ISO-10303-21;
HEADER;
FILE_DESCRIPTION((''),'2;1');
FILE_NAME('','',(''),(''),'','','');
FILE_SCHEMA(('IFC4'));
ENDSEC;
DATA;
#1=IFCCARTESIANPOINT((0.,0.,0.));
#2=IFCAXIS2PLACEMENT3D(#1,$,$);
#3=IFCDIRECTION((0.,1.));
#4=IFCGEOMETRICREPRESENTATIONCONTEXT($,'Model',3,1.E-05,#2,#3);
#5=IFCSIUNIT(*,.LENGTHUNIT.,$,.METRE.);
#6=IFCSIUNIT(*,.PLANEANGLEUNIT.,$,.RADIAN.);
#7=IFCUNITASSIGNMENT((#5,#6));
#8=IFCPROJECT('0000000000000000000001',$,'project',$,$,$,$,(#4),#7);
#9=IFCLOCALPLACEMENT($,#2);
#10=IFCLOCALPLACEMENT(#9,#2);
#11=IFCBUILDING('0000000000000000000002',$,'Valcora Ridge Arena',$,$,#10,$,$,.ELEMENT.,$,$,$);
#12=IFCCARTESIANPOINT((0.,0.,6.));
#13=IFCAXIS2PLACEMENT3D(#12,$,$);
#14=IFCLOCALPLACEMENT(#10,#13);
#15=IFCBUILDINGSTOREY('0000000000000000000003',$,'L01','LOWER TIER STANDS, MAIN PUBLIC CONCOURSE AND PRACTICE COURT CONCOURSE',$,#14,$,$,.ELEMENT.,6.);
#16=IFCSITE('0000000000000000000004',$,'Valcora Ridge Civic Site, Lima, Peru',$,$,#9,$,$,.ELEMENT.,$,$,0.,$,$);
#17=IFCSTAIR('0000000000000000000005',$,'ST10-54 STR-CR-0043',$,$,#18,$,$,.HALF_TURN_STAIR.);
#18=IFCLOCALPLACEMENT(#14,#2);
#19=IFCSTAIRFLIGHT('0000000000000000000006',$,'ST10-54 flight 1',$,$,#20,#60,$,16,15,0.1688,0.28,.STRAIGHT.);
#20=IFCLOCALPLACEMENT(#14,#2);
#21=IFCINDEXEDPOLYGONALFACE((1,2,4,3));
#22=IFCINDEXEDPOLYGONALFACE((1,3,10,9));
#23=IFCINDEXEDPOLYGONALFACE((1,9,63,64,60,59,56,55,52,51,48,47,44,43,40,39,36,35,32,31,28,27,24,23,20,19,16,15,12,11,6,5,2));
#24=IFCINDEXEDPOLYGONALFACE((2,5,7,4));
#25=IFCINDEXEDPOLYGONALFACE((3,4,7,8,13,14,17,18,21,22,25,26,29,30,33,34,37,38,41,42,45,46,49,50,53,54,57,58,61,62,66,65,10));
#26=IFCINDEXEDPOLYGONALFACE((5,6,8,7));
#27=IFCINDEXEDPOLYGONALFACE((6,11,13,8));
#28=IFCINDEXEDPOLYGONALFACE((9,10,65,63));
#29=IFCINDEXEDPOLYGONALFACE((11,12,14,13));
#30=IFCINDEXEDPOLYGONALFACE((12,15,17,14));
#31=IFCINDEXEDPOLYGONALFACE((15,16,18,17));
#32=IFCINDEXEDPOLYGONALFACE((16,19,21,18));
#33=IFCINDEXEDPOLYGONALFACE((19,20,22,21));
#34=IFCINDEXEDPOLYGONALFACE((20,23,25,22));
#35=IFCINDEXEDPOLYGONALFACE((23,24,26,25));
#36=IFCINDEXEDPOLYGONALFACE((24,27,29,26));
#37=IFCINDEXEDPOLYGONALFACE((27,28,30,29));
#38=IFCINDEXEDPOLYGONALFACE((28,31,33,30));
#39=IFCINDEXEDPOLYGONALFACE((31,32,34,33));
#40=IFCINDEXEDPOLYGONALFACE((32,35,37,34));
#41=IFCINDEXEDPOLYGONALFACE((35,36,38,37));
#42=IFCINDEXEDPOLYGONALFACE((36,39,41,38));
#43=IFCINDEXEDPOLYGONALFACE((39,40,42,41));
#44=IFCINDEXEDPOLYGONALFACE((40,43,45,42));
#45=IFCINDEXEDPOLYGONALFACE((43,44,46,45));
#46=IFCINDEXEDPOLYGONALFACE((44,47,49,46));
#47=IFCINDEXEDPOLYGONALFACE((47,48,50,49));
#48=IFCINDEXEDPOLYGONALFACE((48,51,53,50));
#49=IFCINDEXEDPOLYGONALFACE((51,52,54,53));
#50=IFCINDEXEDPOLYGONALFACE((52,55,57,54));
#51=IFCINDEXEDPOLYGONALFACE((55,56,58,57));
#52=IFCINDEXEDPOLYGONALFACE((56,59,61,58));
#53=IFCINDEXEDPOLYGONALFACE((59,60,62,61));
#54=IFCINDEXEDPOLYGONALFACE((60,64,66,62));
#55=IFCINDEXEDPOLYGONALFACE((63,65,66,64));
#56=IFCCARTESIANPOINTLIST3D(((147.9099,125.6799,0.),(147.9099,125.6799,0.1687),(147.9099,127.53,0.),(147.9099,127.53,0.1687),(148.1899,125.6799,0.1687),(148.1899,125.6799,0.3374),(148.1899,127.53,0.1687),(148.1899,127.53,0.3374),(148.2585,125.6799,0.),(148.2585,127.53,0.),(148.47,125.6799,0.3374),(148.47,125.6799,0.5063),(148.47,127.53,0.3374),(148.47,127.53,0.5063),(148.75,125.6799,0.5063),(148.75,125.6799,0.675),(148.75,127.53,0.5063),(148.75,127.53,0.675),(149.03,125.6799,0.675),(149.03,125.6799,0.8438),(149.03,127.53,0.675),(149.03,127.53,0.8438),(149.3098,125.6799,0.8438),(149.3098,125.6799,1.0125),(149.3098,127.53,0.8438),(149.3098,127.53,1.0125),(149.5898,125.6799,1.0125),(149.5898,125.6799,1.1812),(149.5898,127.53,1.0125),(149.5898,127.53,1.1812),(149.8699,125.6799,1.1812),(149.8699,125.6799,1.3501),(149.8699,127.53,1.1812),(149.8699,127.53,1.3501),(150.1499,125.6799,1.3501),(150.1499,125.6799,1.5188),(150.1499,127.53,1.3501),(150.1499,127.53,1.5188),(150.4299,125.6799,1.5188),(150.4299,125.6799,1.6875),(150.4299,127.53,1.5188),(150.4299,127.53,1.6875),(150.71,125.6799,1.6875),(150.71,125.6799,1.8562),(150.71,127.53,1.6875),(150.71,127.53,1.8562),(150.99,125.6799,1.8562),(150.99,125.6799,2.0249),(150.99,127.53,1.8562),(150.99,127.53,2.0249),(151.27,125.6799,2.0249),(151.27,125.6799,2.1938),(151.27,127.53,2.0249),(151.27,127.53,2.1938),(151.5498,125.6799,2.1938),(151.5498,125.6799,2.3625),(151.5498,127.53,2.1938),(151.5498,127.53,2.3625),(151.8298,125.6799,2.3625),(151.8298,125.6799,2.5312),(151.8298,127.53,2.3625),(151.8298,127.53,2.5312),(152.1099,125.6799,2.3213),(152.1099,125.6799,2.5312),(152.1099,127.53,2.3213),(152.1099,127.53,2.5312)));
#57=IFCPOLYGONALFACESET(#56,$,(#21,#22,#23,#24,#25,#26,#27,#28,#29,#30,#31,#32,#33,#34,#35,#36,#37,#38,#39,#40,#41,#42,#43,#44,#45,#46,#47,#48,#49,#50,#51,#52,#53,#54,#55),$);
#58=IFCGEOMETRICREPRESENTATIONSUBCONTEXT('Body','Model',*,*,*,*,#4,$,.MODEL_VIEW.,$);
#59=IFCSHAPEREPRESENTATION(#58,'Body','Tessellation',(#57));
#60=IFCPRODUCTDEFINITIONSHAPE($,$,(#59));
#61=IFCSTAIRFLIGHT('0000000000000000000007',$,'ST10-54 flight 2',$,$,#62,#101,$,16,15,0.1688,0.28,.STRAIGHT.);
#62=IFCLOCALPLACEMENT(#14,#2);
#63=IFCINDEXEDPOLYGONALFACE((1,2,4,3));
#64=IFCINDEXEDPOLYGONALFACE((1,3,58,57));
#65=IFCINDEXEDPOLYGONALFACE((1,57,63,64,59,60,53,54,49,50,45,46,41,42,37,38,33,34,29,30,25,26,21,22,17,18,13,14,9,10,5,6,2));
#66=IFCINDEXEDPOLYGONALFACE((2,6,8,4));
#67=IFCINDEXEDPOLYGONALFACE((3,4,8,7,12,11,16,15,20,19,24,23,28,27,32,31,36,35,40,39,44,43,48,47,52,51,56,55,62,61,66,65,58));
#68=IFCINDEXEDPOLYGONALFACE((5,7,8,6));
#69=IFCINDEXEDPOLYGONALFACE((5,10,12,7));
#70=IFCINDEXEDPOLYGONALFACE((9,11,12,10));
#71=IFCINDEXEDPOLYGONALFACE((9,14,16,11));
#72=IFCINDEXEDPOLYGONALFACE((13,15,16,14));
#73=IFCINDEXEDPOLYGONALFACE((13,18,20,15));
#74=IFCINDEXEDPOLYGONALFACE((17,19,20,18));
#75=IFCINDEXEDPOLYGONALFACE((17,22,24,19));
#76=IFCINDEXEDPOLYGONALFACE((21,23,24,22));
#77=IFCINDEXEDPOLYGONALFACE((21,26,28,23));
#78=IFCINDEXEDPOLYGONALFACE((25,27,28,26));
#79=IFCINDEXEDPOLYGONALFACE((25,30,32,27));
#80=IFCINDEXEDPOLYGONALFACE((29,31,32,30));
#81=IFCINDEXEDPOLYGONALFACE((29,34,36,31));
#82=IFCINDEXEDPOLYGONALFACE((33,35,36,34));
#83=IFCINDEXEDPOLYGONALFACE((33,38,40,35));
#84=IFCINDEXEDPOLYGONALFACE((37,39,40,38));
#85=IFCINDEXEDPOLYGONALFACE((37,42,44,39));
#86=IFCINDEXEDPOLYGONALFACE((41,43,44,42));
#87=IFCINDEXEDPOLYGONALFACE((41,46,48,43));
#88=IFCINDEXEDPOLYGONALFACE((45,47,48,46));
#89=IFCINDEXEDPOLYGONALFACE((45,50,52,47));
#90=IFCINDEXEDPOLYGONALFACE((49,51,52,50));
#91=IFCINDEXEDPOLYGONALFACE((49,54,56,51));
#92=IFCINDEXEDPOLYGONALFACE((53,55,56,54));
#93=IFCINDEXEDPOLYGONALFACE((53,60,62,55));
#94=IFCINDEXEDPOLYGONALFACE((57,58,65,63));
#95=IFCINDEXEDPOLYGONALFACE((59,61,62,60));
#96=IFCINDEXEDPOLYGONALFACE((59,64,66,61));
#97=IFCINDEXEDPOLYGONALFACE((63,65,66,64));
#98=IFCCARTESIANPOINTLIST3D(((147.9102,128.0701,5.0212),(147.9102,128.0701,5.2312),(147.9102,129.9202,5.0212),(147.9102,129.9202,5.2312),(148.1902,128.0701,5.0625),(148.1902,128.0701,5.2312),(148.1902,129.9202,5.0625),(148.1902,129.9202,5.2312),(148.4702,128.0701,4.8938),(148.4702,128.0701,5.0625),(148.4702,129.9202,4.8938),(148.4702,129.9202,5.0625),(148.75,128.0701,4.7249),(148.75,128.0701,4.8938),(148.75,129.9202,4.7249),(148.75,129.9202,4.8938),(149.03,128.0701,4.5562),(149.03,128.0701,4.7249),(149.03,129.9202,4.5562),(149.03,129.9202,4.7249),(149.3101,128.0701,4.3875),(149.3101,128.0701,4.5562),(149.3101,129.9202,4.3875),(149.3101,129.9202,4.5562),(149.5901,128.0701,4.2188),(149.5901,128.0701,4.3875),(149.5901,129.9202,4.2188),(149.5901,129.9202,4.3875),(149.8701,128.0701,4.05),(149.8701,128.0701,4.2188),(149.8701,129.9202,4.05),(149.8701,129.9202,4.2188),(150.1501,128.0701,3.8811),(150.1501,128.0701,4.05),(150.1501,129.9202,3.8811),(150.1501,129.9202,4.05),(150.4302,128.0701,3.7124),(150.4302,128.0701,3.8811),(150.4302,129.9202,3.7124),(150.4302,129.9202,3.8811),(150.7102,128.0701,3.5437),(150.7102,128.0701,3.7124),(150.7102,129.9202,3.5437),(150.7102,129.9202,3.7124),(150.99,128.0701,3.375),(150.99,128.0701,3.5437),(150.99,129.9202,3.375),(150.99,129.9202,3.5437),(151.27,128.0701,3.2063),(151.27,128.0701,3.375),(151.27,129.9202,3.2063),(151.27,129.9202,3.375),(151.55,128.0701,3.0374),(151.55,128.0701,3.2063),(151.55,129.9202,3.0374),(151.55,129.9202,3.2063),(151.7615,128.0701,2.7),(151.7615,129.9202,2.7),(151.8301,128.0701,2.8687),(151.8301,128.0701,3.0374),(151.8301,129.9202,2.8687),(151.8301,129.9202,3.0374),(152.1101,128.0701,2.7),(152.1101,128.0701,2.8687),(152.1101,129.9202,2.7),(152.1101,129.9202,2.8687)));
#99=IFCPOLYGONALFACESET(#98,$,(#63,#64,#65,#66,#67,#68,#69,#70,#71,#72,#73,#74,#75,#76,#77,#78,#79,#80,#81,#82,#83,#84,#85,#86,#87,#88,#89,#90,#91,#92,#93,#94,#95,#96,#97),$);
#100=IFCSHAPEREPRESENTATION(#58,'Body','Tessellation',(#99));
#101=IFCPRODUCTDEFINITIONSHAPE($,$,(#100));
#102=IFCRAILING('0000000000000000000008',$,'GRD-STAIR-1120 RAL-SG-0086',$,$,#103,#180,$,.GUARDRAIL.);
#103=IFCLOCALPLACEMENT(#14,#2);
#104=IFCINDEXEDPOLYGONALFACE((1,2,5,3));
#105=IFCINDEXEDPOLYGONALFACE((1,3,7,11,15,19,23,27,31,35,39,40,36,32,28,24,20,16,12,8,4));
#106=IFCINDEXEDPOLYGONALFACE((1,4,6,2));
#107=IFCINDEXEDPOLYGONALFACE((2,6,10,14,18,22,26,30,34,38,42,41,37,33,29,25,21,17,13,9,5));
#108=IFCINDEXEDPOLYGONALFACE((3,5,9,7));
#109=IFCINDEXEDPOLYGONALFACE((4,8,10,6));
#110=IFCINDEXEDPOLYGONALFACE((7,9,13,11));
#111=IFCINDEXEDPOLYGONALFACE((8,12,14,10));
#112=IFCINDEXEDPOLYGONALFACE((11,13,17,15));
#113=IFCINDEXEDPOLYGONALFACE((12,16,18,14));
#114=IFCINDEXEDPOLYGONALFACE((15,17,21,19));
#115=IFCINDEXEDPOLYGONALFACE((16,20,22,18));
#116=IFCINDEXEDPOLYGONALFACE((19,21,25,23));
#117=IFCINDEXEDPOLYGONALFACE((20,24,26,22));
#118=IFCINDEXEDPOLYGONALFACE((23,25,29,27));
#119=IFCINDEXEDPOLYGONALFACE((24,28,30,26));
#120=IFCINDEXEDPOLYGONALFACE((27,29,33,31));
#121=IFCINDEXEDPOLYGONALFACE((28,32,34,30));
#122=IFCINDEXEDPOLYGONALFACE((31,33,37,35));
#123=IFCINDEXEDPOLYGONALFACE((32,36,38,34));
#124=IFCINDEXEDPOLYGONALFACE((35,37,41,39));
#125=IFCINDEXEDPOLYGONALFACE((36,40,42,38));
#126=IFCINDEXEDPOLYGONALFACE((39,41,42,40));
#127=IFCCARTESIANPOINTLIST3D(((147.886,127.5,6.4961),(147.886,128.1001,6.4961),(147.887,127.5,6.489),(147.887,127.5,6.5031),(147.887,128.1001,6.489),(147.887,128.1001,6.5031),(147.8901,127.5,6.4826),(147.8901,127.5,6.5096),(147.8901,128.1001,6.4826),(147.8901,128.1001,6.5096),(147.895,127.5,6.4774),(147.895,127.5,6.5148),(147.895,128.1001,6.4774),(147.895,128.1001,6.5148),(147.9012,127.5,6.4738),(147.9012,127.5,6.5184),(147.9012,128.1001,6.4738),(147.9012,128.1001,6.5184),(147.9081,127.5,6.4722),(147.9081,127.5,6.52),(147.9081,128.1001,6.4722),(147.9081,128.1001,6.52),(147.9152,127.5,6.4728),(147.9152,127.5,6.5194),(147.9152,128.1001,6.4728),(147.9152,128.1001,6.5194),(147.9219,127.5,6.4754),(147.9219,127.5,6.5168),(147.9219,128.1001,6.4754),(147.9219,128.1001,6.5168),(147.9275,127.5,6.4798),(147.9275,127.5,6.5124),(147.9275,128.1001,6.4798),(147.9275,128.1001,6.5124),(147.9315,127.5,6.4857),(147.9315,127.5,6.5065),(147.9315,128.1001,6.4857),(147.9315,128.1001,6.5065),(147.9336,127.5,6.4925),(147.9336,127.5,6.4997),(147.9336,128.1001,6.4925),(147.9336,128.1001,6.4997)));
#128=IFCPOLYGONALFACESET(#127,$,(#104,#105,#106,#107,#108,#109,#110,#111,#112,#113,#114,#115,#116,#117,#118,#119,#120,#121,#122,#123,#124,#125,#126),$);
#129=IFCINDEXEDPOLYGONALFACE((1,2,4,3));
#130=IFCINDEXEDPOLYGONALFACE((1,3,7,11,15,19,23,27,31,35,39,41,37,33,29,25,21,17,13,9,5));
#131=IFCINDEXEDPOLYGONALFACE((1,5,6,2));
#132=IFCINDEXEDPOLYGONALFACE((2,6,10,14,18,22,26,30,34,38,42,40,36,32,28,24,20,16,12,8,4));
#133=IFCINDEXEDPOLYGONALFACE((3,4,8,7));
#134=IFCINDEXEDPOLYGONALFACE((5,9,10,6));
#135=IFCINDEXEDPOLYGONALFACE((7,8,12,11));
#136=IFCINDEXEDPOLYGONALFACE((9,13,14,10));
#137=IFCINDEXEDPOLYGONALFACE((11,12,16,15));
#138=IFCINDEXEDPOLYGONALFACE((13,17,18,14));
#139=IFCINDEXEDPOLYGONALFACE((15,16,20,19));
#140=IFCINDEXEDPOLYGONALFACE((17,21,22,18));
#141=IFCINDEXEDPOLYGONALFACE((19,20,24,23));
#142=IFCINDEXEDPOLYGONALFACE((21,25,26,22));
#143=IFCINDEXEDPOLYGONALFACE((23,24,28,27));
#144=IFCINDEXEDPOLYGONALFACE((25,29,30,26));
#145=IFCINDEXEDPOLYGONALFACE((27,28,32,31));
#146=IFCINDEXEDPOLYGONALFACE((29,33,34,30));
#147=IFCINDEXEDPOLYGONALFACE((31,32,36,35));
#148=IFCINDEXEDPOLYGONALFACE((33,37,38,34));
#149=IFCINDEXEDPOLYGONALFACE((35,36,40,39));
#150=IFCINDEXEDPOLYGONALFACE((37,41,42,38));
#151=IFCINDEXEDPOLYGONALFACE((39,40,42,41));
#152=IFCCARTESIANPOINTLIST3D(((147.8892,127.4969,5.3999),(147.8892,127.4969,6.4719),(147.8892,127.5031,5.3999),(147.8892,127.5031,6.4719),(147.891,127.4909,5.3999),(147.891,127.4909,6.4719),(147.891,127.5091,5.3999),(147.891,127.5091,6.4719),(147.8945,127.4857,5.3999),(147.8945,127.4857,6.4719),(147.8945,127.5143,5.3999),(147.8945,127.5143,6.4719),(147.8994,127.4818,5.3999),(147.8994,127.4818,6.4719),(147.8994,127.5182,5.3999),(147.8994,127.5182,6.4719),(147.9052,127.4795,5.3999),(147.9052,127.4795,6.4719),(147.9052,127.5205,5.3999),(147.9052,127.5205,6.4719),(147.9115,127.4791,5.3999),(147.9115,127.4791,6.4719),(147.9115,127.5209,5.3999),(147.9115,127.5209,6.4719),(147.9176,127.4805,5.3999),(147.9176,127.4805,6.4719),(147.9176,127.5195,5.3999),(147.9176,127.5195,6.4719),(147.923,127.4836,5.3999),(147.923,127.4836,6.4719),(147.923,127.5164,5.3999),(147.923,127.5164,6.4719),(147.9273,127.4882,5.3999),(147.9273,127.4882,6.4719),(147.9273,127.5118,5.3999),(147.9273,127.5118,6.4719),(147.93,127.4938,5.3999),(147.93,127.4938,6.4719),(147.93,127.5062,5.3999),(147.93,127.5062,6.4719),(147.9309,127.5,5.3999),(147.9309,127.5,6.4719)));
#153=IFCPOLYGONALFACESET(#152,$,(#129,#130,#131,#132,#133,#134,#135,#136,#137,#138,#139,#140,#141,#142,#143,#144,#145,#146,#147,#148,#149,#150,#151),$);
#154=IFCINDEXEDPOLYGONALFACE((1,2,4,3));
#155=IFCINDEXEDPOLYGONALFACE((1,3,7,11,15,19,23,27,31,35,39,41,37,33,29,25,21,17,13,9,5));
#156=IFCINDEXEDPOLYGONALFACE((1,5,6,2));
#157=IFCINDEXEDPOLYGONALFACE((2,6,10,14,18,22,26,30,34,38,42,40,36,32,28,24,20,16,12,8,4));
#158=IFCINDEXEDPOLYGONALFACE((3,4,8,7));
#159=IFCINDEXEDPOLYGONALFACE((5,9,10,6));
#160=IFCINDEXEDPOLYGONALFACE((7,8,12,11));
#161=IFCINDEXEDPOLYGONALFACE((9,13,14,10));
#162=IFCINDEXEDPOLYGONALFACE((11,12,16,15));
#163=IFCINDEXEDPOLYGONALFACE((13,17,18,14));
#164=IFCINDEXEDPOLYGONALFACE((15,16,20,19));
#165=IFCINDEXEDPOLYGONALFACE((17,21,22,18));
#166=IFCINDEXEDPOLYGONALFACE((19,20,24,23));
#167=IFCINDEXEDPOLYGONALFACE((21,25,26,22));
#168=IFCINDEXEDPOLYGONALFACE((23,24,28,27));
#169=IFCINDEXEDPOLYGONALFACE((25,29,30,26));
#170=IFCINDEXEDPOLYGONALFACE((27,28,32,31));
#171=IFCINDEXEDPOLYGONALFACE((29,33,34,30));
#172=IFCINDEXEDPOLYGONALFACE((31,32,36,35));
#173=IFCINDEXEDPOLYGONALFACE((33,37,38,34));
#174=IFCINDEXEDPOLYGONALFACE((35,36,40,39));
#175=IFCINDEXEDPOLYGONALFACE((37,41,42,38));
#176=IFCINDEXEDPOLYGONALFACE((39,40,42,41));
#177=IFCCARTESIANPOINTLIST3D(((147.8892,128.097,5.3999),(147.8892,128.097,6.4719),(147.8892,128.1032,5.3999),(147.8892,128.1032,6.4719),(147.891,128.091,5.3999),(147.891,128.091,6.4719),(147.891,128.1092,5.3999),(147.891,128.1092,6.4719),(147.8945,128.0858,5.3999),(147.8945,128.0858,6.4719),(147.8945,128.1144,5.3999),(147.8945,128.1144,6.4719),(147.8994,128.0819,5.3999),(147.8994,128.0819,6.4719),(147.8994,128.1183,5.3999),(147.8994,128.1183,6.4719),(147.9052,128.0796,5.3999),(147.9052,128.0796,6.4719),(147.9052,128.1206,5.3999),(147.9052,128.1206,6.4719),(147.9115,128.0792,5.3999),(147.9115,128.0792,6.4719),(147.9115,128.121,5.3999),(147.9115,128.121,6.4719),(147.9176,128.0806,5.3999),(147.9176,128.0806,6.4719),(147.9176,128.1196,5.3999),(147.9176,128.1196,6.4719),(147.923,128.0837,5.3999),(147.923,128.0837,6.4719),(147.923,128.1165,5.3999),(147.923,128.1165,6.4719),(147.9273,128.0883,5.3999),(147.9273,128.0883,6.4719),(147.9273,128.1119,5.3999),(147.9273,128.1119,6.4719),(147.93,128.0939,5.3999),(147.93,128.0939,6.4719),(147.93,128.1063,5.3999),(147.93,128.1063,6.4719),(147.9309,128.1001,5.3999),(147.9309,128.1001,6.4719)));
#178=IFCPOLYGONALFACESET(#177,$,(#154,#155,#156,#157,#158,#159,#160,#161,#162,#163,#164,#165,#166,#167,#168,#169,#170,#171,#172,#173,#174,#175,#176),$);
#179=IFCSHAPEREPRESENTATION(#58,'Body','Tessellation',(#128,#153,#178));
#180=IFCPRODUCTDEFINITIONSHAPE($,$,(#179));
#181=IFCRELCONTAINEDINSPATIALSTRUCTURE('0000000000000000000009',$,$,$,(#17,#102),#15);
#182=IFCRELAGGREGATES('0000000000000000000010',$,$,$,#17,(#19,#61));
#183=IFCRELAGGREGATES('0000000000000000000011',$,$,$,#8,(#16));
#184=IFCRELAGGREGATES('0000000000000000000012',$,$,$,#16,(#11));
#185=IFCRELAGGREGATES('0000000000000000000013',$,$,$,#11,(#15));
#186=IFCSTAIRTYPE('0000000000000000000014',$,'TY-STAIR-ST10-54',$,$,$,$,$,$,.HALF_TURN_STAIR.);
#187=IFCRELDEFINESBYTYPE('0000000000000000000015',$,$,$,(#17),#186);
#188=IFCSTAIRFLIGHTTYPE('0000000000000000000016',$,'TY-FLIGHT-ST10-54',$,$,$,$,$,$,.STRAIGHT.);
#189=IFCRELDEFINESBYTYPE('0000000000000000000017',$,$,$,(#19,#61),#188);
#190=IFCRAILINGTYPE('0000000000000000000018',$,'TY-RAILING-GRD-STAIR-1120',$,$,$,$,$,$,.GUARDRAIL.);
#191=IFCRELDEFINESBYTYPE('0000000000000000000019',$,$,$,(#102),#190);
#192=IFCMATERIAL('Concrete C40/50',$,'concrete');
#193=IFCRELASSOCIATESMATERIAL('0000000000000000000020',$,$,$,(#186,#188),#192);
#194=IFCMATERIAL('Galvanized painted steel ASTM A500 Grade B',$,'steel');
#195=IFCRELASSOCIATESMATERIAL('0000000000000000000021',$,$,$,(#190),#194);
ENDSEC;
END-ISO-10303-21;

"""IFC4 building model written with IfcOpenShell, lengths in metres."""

from ifc_helpers import new_model, si_unit, direction, frame, origin, origin_2d, place, context, subcontext, project, spatial, polyline, circle, outline, extrude, material, type_object, element, aggregate, save


model = new_model("IFC4")

# Units and contexts
model_context = context("Model", 3, precision=1e-05, world=origin(), true_north=direction((0.0, 1.0)))
body_context = subcontext(model_context, "Body", "Model", "MODEL_VIEW")
ifc_project = project(units=[si_unit("LENGTHUNIT", "METRE"), si_unit("PLANEANGLEUNIT", "RADIAN")], contexts=[model_context])

# Site, building, storey
site_placement = place(None, origin())
site = spatial("IfcSite", under=ifc_project, at=site_placement, Name="Valcora Ridge Civic Site, Lima, Peru", CompositionType="ELEMENT", RefElevation=0.0)
building_placement = place(site_placement, origin())
building = spatial("IfcBuilding", under=site, at=building_placement, Name="Valcora Ridge Arena", CompositionType="ELEMENT")
storey_placement = place(building_placement, frame((0.0, 0.0, 6.0)))
storey = spatial("IfcBuildingStorey", under=building, at=storey_placement, Name="L01", Description="LOWER TIER STANDS, MAIN PUBLIC CONCOURSE AND PRACTICE COURT CONCOURSE", CompositionType="ELEMENT", Elevation=6.0)

# Shared definitions
ifc_material_1 = material(Name="Concrete C40/50", Category="concrete")

# Stair, stair flights
stair_type = type_object("IfcStairType", Name="TY-STAIR-ST10-54", PredefinedType="HALF_TURN_STAIR", material=ifc_material_1)
stair_placement = place(storey_placement, origin())
stair = element("IfcStair", 1, at=stair_placement, inside=storey, type_object=stair_type, Name="ST10-54 STR-CR-0043", PredefinedType="HALF_TURN_STAIR")
stair_flight_type = type_object("IfcStairFlightType", Name="TY-FLIGHT-ST10-54", PredefinedType="STRAIGHT", material=ifc_material_1)
stair_flight_1_placement = place(storey_placement, frame((147.9099, 126.605, 0.0), z_axis=(0.0, 0.0, 1.0), x_axis=(1.0, 0.0, 0.0)))
stair_flight_1 = element("IfcStairFlight", 2, at=stair_flight_1_placement, type_object=stair_flight_type, Name="ST10-54 flight 1", NumberOfRisers=16, NumberOfTreads=15, PredefinedType="STRAIGHT", RiserHeight=0.1688, TreadLength=0.28, context=body_context, shape_type="SweptSolid", body=[
    extrude(outline(polyline([(0.0, 0.0), (0.0, 0.1687), (0.28, 0.1687), (0.28, 0.3374), (0.5601, 0.3374), (0.5601, 0.5063), (0.8401, 0.5063), (0.8401, 0.675), (1.1201, 0.675), (1.1201, 0.8438), (1.3999, 0.8438), (1.3999, 1.0125), (1.6799, 1.0125), (1.6799, 1.1812), (1.96, 1.1812), (1.96, 1.3501), (2.24, 1.3501), (2.24, 1.5188), (2.52, 1.5188), (2.52, 1.6875), (2.8, 1.6875), (2.8, 1.8562), (3.0801, 1.8562), (3.0801, 2.0249), (3.3601, 2.0249), (3.3601, 2.1938), (3.6399, 2.1938), (3.6399, 2.3625), (3.9199, 2.3625), (3.9199, 2.5312), (4.2, 2.5312), (4.2, 2.7), (4.2, 2.3213), (0.3486, 0.0), (0.0, 0.0)])), frame((0.0, 0.925, 0.0), z_axis=(0.0, -1.0, 0.0), x_axis=(1.0, 0.0, 0.0)), (0.0, 0.0, 1.0), 1.8501),
])
stair_flight_2_placement = place(storey_placement, frame((152.1101, 128.9951, 2.7), z_axis=(0.0, 0.0, 1.0), x_axis=(-1.0, 0.0, 0.0)))
stair_flight_2 = element("IfcStairFlight", 3, at=stair_flight_2_placement, type_object=stair_flight_type, Name="ST10-54 flight 2", NumberOfRisers=16, NumberOfTreads=15, PredefinedType="STRAIGHT", RiserHeight=0.1688, TreadLength=0.28, context=body_context, shape_type="SweptSolid", body=[
    extrude(outline(polyline([(0.0, 0.0), (0.0, 0.1687), (0.28, 0.1687), (0.28, 0.3374), (0.5601, 0.3374), (0.5601, 0.5063), (0.8401, 0.5063), (0.8401, 0.675), (1.1201, 0.675), (1.1201, 0.8438), (1.3999, 0.8438), (1.3999, 1.0125), (1.6799, 1.0125), (1.6799, 1.1812), (1.96, 1.1812), (1.96, 1.3501), (2.24, 1.3501), (2.24, 1.5188), (2.52, 1.5188), (2.52, 1.6875), (2.8, 1.6875), (2.8, 1.8562), (3.0801, 1.8562), (3.0801, 2.0249), (3.3601, 2.0249), (3.3601, 2.1938), (3.6399, 2.1938), (3.6399, 2.3625), (3.9199, 2.3625), (3.9199, 2.5312), (4.2, 2.5312), (4.2, 2.7), (4.2, 2.3213), (0.3486, 0.0), (0.0, 0.0)])), frame((0.0, 0.925, 0.0), z_axis=(0.0, -1.0, 0.0), x_axis=(1.0, 0.0, 0.0)), (0.0, 0.0, 1.0), 1.8501),
])
aggregate(stair, [stair_flight_1, stair_flight_2])

# Railing
ifc_material_2 = material(Name="Galvanized painted steel ASTM A500 Grade B", Category="steel")
railing_type_1 = type_object("IfcRailingType", Name="TY-RAILING-GRD-STAIR-1120", PredefinedType="GUARDRAIL", material=ifc_material_2)
railing_1_placement = place(storey_placement, frame((147.9099, 127.5, 5.3999)))
element("IfcRailing", 4, at=railing_1_placement, inside=storey, type_object=railing_type_1, Name="GRD-STAIR-1120 RAL-SG-0086", PredefinedType="GUARDRAIL", context=body_context, shape_type="SweptSolid", body=[
    extrude(circle(Radius=0.0239, at=origin_2d()), frame((0.0, 0.0, 1.0962), z_axis=(0.0, 1.0, 0.0), x_axis=(-1.0, 0.0, 0.0)), (0.0, 0.0, 1.0), 0.6001),
    extrude(circle(Radius=0.021, at=origin_2d()), origin(), (0.0, 0.0, 1.0), 1.072),
    extrude(circle(Radius=0.021, at=origin_2d()), frame((0.0, 0.6001, 0.0)), (0.0, 0.0, 1.0), 1.072),
])

save(model, "model.ifc")
